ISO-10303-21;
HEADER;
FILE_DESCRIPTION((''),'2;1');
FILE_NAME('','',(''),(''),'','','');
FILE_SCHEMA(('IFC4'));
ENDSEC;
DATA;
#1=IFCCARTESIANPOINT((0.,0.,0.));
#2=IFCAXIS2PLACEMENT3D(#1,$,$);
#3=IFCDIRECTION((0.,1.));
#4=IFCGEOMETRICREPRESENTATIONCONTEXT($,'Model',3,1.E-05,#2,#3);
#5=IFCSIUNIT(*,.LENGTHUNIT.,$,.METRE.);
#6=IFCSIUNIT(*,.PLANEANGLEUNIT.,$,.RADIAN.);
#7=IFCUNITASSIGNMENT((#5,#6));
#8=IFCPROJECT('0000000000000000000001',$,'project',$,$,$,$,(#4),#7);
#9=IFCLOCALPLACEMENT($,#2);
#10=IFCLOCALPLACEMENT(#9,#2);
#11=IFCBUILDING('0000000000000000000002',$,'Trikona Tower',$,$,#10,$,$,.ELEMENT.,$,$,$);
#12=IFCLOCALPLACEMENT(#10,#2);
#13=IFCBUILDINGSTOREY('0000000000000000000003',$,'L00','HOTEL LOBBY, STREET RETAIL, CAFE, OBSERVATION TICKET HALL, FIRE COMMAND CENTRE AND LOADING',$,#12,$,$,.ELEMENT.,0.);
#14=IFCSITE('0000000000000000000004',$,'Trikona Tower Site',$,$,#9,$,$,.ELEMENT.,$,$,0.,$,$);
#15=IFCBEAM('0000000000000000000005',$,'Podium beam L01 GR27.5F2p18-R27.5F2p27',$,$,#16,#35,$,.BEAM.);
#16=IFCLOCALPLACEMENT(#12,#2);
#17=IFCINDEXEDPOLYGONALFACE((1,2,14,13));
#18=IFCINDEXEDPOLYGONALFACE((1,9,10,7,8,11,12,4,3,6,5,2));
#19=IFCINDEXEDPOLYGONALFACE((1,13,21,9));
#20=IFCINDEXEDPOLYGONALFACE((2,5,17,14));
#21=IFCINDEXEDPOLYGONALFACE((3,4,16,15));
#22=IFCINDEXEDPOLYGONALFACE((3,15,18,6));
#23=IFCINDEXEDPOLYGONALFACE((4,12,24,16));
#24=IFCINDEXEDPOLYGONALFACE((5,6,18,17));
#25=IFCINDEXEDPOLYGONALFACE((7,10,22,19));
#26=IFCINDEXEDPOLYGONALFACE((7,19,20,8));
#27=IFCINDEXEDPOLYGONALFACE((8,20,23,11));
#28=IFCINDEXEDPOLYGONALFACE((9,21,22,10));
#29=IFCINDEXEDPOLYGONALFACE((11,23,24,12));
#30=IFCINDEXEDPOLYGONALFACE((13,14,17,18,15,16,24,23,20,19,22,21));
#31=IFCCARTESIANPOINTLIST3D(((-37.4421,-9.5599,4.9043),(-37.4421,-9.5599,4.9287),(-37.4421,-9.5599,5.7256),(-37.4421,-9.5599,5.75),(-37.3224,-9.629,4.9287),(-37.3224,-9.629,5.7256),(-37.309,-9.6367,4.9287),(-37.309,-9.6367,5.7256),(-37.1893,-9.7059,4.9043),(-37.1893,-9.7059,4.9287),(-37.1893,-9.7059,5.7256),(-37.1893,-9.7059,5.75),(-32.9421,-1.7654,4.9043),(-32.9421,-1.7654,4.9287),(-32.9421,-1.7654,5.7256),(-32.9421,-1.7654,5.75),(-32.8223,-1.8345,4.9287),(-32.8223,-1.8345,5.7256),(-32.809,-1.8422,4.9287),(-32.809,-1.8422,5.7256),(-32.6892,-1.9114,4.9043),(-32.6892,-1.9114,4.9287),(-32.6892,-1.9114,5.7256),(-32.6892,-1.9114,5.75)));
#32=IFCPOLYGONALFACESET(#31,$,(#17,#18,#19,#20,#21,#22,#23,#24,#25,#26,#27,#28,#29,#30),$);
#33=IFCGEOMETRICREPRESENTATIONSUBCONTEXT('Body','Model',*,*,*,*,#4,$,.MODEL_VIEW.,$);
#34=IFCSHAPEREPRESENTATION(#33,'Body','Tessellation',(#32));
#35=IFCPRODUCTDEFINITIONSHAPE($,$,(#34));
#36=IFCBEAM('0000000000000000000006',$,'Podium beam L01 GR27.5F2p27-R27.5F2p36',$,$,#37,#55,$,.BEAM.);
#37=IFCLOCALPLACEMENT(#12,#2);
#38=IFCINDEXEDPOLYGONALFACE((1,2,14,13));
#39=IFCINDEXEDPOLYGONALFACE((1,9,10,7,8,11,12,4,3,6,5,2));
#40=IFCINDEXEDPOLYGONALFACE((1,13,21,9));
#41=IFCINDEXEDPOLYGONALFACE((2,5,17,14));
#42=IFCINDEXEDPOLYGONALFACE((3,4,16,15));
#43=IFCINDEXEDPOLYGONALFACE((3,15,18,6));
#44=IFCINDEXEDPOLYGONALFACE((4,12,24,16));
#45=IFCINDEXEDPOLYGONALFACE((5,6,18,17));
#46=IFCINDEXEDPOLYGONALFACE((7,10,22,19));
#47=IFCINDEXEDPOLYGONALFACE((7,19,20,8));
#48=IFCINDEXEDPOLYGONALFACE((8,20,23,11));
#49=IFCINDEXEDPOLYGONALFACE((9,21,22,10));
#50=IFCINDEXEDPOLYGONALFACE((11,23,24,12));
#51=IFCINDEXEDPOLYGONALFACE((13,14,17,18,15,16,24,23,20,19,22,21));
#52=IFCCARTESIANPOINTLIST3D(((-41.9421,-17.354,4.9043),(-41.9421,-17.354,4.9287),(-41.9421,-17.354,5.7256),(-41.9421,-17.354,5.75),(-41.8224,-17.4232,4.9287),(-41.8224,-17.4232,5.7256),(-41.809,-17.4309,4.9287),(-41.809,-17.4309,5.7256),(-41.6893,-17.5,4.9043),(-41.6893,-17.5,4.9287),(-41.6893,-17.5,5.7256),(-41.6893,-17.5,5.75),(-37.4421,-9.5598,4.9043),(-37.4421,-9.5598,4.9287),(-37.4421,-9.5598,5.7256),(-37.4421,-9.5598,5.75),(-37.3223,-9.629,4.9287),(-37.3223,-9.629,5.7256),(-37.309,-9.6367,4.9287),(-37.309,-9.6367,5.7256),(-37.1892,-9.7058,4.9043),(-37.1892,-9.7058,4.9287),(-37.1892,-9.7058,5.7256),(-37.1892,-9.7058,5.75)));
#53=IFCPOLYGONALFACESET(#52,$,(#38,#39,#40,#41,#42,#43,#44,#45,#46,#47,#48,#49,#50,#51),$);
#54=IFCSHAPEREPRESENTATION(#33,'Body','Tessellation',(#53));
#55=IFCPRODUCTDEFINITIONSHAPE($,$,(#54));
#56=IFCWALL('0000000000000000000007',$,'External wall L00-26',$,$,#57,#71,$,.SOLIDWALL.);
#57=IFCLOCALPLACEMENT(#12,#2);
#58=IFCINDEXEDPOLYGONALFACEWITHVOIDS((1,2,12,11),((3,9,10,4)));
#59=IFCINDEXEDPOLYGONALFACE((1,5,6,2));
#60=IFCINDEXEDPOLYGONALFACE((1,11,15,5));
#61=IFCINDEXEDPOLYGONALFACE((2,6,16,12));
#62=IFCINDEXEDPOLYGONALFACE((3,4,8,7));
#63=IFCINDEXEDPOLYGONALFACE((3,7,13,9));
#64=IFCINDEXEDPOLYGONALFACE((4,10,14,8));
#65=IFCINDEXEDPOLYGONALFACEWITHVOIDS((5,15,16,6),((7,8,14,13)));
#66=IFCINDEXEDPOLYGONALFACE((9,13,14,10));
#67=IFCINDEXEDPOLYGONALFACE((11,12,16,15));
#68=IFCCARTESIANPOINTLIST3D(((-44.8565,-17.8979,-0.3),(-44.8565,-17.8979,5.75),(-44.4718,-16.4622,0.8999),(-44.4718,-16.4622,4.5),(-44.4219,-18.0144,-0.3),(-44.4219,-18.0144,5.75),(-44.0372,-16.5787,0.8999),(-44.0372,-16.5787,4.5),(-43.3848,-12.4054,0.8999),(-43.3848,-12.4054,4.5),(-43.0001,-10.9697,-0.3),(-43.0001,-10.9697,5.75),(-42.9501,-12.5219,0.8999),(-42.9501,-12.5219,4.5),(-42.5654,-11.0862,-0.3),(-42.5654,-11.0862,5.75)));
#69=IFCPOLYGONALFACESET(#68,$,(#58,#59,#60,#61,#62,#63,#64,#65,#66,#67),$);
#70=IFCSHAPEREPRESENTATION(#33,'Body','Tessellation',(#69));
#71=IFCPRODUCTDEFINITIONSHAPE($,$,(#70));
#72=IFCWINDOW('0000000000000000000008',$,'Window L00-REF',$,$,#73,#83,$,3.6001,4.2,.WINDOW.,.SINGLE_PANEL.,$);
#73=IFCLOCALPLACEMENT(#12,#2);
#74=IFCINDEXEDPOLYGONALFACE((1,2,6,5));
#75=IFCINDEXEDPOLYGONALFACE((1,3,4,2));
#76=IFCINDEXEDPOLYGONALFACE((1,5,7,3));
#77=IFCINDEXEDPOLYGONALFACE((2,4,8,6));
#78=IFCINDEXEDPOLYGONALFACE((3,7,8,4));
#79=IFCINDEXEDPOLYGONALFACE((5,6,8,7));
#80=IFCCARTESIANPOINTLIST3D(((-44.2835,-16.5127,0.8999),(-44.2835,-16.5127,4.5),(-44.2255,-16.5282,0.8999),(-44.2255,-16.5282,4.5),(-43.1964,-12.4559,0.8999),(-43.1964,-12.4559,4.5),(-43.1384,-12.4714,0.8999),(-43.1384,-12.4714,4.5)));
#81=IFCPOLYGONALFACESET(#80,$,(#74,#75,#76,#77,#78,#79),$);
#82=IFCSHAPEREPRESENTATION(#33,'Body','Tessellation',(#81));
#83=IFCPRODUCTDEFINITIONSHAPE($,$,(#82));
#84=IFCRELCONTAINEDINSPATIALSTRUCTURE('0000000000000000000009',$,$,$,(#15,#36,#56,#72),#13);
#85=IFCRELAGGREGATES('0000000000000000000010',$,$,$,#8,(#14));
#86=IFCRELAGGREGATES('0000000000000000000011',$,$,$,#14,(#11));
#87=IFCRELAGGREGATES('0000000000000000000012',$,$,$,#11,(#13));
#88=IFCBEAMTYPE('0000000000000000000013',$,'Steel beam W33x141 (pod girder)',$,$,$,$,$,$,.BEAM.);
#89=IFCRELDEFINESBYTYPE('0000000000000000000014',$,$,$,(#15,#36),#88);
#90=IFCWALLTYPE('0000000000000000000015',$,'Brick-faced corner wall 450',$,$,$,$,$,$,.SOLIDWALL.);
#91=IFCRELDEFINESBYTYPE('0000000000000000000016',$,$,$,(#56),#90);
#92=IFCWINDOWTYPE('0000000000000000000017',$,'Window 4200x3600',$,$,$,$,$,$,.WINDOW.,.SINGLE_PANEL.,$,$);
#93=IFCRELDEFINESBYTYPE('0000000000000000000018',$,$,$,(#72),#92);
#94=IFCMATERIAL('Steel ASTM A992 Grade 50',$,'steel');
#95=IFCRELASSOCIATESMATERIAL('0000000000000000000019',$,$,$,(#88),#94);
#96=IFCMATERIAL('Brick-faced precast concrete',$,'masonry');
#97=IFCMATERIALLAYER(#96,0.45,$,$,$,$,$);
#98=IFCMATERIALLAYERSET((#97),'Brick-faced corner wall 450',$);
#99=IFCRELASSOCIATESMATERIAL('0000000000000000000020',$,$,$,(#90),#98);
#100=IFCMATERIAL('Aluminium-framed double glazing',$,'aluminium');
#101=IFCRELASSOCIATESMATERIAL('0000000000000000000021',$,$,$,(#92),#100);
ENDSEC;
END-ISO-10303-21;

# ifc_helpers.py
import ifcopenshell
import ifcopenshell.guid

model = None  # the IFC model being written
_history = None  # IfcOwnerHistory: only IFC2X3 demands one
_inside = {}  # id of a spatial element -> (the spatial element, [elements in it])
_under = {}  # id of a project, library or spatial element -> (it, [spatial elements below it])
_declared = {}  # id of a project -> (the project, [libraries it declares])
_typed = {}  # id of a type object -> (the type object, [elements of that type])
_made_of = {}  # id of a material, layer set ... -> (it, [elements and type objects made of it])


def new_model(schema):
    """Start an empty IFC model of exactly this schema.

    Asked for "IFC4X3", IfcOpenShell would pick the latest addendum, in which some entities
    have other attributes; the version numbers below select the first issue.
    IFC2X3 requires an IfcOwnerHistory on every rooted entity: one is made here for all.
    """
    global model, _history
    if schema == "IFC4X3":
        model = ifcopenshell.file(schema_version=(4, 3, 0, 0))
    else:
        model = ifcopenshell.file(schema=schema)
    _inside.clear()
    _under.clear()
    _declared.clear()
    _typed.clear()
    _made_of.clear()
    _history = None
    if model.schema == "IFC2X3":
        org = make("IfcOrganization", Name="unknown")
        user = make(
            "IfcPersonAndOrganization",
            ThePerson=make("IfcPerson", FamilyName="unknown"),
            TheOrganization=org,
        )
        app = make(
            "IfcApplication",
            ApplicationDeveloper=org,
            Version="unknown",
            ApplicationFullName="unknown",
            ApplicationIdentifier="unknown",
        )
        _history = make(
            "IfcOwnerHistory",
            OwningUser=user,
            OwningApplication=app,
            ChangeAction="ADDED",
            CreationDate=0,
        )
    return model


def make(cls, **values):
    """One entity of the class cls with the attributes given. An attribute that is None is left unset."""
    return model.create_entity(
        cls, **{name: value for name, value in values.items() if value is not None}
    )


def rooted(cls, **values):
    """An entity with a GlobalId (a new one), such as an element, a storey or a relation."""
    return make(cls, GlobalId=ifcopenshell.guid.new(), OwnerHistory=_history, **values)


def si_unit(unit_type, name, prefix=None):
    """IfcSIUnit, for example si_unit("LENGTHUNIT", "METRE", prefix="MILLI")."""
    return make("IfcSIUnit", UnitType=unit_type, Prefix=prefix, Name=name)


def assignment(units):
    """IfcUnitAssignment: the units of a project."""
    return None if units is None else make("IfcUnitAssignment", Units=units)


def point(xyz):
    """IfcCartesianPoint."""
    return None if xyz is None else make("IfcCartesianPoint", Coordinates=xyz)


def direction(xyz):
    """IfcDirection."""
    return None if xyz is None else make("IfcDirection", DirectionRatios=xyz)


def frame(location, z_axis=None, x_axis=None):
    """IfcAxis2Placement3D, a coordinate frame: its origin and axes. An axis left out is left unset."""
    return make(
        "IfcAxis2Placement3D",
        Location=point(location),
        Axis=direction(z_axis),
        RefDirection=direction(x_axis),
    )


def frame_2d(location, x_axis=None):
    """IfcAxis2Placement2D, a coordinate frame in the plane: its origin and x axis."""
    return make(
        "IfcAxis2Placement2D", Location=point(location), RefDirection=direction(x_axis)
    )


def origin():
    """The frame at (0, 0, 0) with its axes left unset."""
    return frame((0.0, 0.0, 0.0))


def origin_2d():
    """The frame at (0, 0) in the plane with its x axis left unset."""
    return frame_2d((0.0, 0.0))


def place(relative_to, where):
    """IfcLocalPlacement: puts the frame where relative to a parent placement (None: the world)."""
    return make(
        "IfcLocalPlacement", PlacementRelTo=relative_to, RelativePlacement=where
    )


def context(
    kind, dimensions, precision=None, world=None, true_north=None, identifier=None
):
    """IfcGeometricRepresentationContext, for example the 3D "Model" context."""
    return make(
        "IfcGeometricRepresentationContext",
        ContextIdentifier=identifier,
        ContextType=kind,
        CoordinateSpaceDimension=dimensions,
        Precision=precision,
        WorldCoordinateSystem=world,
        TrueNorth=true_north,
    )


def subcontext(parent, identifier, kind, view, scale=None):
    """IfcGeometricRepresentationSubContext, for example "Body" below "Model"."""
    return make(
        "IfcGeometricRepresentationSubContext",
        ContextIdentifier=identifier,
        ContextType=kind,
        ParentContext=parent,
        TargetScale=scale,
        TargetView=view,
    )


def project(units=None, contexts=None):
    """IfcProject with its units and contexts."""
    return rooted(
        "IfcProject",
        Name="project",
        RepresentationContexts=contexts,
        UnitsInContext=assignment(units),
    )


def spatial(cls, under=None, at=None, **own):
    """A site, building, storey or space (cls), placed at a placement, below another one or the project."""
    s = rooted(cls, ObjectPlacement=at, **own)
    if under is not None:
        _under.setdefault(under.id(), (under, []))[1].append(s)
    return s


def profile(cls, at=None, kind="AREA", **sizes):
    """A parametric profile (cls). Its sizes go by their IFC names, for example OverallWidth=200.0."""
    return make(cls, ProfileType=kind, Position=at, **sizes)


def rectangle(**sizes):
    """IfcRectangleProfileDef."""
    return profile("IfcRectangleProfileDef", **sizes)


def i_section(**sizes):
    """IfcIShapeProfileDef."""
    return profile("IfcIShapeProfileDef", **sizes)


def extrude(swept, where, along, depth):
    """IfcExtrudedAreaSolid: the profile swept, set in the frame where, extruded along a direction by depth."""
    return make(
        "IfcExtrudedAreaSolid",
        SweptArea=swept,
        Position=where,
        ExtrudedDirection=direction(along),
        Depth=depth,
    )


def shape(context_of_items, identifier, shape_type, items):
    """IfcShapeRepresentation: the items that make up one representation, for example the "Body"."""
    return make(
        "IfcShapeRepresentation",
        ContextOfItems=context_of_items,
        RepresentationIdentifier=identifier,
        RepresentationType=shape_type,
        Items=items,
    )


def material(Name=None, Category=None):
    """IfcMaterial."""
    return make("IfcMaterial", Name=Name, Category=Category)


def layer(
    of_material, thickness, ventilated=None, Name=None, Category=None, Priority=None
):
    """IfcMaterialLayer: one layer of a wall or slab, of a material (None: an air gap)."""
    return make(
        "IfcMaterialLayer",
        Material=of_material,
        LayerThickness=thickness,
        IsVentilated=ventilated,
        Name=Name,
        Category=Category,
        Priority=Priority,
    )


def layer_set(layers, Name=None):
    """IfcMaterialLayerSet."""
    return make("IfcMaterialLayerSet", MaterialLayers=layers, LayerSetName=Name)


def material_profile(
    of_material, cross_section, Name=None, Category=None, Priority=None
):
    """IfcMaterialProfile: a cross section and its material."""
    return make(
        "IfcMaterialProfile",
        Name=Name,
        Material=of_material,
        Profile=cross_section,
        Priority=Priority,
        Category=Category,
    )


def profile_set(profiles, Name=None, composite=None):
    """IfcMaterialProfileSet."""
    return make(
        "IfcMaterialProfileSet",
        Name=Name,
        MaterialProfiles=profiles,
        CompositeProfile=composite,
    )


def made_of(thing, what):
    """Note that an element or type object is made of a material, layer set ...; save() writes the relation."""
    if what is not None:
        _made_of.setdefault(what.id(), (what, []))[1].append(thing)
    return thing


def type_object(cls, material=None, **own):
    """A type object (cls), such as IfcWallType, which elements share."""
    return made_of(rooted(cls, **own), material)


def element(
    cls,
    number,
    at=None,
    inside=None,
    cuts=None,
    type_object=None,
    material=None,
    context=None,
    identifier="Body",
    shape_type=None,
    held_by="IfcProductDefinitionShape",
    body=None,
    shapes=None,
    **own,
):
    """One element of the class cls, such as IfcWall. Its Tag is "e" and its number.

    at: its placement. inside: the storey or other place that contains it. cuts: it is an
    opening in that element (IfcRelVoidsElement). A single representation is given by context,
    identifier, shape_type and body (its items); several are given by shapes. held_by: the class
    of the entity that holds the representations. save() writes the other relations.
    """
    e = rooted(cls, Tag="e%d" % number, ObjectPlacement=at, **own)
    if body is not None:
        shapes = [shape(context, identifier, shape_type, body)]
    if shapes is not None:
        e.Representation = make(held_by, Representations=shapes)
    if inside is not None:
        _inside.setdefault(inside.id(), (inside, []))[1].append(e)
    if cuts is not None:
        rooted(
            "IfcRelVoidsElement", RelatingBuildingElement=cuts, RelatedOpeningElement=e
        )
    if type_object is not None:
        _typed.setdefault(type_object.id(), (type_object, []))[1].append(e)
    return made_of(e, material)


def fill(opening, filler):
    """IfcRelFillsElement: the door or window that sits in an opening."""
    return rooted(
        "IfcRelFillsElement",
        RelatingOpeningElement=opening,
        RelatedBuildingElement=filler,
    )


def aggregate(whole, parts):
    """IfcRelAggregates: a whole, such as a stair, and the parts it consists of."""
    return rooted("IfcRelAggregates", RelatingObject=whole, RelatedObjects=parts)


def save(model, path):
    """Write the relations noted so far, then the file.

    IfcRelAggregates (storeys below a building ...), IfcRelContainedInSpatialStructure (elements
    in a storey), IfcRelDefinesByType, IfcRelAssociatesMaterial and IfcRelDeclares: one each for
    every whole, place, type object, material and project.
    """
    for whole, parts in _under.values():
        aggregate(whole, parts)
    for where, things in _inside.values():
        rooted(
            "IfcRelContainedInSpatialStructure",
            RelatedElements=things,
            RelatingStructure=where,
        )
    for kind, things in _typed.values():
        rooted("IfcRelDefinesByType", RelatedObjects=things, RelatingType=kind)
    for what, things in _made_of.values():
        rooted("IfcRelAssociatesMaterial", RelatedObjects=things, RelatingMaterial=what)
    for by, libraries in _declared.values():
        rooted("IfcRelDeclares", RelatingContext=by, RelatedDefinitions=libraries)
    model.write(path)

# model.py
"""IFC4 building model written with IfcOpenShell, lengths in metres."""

from ifc_helpers import new_model, si_unit, direction, frame, frame_2d, origin, origin_2d, place, context, subcontext, project, spatial, rectangle, i_section, extrude, material, layer, layer_set, material_profile, profile_set, type_object, element, fill, save


model = new_model("IFC4")

# Units and contexts
model_context = context("Model", 3, precision=1e-05, world=origin(), true_north=direction((0.0, 1.0)))
body_context = subcontext(model_context, "Body", "Model", "MODEL_VIEW")
ifc_project = project(units=[si_unit("LENGTHUNIT", "METRE"), si_unit("PLANEANGLEUNIT", "RADIAN")], contexts=[model_context])

# Site, building, storey
site_placement = place(None, origin())
site = spatial("IfcSite", under=ifc_project, at=site_placement, Name="Trikona Tower Site", CompositionType="ELEMENT", RefElevation=0.0)
building_placement = place(site_placement, origin())
building = spatial("IfcBuilding", under=site, at=building_placement, Name="Trikona Tower", CompositionType="ELEMENT")
storey_placement = place(building_placement, origin())
storey = spatial("IfcBuildingStorey", under=building, at=storey_placement, Name="L00", Description="HOTEL LOBBY, STREET RETAIL, CAFE, OBSERVATION TICKET HALL, FIRE COMMAND CENTRE AND LOADING", CompositionType="ELEMENT", Elevation=0.0)

# Beams
ifc_material_1 = material(Name="Steel ASTM A992 Grade 50", Category="steel")
ifc_material_profile_1 = material_profile(ifc_material_1, i_section(OverallWidth=0.292, OverallDepth=0.8457, WebThickness=0.0154, FlangeThickness=0.0244, at=origin_2d()), Name="W33X141")
ifc_profile_set_1 = profile_set([ifc_material_profile_1], Name="Steel ASTM A992 Grade 50")
beam_type = type_object("IfcBeamType", Name="Steel beam W33x141 (pod girder)", PredefinedType="BEAM", material=ifc_profile_set_1)
beam_1_placement = place(storey_placement, frame((-32.8157, -1.8384, 5.3271), z_axis=(-0.49999, -0.866031, 0.0), x_axis=(0.866031, -0.49999, 0.0)))
element("IfcBeam", 1, at=beam_1_placement, inside=storey, type_object=beam_type, Name="Podium beam L01 GR27.5F2p18-R27.5F2p27", PredefinedType="BEAM", context=body_context, shape_type="SweptSolid", body=[
    extrude(i_section(OverallWidth=0.292, OverallDepth=0.8457, WebThickness=0.0154, FlangeThickness=0.0244, at=origin_2d()), origin(), (0.0, 0.0, 1.0), 9.0002),
])
beam_2_placement = place(storey_placement, frame((-37.3157, -9.6328, 5.3271), z_axis=(-0.500002, -0.866024, 0.0), x_axis=(0.866024, -0.500002, 0.0)))
element("IfcBeam", 2, at=beam_2_placement, inside=storey, type_object=beam_type, Name="Podium beam L01 GR27.5F2p27-R27.5F2p36", PredefinedType="BEAM", context=body_context, shape_type="SweptSolid", body=[
    extrude(i_section(OverallWidth=0.292, OverallDepth=0.8457, WebThickness=0.0154, FlangeThickness=0.0244, at=origin_2d()), origin(), (0.0, 0.0, 1.0), 9.0),
])

# Wall, opening, window
ifc_material_2 = material(Name="Brick-faced precast concrete", Category="masonry")
ifc_layer = layer(ifc_material_2, 0.45)
ifc_layer_set = layer_set([ifc_layer], Name="Brick-faced corner wall 450")
wall_type = type_object("IfcWallType", Name="Brick-faced corner wall 450", PredefinedType="SOLIDWALL", material=ifc_layer_set)
wall_placement = place(storey_placement, frame((-42.7827, -11.0278, -0.3), z_axis=(0.0, 0.0, 1.0), x_axis=(-0.258823, -0.965925, 0.0)))
wall = element("IfcWall", 3, at=wall_placement, inside=storey, type_object=wall_type, Name="External wall L00-26", PredefinedType="SOLIDWALL", context=body_context, shape_type="SweptSolid", body=[
    extrude(rectangle(XDim=7.1726, YDim=0.45, at=frame_2d((3.5864, 0.0))), origin(), (0.0, 0.0, 1.0), 6.05),
])
opening_placement = place(wall_placement, frame((1.4863, 0.0, 1.2)))
opening = element("IfcOpeningElement", 4, at=opening_placement, cuts=wall, PredefinedType="OPENING", context=body_context, shape_type="SweptSolid", body=[
    extrude(rectangle(XDim=4.2, YDim=3.6001, at=frame_2d((2.1001, 1.8))), frame((0.0, 0.2349, 0.0), z_axis=(0.0, -1.0, 0.0), x_axis=(1.0, 0.0, 0.0)), (0.0, 0.0, 1.0), 0.47),
])
ifc_material_3 = material(Name="Aluminium-framed double glazing", Category="aluminium")
window_type = type_object("IfcWindowType", Name="Window 4200x3600", PartitioningType="SINGLE_PANEL", PredefinedType="WINDOW", material=ifc_material_3)
window_placement = place(opening_placement, origin())
window = element("IfcWindow", 5, at=window_placement, inside=storey, type_object=window_type, Name="Window L00-REF", OverallHeight=3.6001, OverallWidth=4.2, PartitioningType="SINGLE_PANEL", PredefinedType="WINDOW", context=body_context, shape_type="SweptSolid", body=[
    extrude(rectangle(XDim=4.2, YDim=3.6001, at=frame_2d((2.1001, 1.8))), frame((0.0, 0.03, 0.0), z_axis=(0.0, -1.0, 0.0), x_axis=(1.0, 0.0, 0.0)), (0.0, 0.0, 1.0), 0.0601),
])
fill(opening, window)

save(model, "model.ifc")
